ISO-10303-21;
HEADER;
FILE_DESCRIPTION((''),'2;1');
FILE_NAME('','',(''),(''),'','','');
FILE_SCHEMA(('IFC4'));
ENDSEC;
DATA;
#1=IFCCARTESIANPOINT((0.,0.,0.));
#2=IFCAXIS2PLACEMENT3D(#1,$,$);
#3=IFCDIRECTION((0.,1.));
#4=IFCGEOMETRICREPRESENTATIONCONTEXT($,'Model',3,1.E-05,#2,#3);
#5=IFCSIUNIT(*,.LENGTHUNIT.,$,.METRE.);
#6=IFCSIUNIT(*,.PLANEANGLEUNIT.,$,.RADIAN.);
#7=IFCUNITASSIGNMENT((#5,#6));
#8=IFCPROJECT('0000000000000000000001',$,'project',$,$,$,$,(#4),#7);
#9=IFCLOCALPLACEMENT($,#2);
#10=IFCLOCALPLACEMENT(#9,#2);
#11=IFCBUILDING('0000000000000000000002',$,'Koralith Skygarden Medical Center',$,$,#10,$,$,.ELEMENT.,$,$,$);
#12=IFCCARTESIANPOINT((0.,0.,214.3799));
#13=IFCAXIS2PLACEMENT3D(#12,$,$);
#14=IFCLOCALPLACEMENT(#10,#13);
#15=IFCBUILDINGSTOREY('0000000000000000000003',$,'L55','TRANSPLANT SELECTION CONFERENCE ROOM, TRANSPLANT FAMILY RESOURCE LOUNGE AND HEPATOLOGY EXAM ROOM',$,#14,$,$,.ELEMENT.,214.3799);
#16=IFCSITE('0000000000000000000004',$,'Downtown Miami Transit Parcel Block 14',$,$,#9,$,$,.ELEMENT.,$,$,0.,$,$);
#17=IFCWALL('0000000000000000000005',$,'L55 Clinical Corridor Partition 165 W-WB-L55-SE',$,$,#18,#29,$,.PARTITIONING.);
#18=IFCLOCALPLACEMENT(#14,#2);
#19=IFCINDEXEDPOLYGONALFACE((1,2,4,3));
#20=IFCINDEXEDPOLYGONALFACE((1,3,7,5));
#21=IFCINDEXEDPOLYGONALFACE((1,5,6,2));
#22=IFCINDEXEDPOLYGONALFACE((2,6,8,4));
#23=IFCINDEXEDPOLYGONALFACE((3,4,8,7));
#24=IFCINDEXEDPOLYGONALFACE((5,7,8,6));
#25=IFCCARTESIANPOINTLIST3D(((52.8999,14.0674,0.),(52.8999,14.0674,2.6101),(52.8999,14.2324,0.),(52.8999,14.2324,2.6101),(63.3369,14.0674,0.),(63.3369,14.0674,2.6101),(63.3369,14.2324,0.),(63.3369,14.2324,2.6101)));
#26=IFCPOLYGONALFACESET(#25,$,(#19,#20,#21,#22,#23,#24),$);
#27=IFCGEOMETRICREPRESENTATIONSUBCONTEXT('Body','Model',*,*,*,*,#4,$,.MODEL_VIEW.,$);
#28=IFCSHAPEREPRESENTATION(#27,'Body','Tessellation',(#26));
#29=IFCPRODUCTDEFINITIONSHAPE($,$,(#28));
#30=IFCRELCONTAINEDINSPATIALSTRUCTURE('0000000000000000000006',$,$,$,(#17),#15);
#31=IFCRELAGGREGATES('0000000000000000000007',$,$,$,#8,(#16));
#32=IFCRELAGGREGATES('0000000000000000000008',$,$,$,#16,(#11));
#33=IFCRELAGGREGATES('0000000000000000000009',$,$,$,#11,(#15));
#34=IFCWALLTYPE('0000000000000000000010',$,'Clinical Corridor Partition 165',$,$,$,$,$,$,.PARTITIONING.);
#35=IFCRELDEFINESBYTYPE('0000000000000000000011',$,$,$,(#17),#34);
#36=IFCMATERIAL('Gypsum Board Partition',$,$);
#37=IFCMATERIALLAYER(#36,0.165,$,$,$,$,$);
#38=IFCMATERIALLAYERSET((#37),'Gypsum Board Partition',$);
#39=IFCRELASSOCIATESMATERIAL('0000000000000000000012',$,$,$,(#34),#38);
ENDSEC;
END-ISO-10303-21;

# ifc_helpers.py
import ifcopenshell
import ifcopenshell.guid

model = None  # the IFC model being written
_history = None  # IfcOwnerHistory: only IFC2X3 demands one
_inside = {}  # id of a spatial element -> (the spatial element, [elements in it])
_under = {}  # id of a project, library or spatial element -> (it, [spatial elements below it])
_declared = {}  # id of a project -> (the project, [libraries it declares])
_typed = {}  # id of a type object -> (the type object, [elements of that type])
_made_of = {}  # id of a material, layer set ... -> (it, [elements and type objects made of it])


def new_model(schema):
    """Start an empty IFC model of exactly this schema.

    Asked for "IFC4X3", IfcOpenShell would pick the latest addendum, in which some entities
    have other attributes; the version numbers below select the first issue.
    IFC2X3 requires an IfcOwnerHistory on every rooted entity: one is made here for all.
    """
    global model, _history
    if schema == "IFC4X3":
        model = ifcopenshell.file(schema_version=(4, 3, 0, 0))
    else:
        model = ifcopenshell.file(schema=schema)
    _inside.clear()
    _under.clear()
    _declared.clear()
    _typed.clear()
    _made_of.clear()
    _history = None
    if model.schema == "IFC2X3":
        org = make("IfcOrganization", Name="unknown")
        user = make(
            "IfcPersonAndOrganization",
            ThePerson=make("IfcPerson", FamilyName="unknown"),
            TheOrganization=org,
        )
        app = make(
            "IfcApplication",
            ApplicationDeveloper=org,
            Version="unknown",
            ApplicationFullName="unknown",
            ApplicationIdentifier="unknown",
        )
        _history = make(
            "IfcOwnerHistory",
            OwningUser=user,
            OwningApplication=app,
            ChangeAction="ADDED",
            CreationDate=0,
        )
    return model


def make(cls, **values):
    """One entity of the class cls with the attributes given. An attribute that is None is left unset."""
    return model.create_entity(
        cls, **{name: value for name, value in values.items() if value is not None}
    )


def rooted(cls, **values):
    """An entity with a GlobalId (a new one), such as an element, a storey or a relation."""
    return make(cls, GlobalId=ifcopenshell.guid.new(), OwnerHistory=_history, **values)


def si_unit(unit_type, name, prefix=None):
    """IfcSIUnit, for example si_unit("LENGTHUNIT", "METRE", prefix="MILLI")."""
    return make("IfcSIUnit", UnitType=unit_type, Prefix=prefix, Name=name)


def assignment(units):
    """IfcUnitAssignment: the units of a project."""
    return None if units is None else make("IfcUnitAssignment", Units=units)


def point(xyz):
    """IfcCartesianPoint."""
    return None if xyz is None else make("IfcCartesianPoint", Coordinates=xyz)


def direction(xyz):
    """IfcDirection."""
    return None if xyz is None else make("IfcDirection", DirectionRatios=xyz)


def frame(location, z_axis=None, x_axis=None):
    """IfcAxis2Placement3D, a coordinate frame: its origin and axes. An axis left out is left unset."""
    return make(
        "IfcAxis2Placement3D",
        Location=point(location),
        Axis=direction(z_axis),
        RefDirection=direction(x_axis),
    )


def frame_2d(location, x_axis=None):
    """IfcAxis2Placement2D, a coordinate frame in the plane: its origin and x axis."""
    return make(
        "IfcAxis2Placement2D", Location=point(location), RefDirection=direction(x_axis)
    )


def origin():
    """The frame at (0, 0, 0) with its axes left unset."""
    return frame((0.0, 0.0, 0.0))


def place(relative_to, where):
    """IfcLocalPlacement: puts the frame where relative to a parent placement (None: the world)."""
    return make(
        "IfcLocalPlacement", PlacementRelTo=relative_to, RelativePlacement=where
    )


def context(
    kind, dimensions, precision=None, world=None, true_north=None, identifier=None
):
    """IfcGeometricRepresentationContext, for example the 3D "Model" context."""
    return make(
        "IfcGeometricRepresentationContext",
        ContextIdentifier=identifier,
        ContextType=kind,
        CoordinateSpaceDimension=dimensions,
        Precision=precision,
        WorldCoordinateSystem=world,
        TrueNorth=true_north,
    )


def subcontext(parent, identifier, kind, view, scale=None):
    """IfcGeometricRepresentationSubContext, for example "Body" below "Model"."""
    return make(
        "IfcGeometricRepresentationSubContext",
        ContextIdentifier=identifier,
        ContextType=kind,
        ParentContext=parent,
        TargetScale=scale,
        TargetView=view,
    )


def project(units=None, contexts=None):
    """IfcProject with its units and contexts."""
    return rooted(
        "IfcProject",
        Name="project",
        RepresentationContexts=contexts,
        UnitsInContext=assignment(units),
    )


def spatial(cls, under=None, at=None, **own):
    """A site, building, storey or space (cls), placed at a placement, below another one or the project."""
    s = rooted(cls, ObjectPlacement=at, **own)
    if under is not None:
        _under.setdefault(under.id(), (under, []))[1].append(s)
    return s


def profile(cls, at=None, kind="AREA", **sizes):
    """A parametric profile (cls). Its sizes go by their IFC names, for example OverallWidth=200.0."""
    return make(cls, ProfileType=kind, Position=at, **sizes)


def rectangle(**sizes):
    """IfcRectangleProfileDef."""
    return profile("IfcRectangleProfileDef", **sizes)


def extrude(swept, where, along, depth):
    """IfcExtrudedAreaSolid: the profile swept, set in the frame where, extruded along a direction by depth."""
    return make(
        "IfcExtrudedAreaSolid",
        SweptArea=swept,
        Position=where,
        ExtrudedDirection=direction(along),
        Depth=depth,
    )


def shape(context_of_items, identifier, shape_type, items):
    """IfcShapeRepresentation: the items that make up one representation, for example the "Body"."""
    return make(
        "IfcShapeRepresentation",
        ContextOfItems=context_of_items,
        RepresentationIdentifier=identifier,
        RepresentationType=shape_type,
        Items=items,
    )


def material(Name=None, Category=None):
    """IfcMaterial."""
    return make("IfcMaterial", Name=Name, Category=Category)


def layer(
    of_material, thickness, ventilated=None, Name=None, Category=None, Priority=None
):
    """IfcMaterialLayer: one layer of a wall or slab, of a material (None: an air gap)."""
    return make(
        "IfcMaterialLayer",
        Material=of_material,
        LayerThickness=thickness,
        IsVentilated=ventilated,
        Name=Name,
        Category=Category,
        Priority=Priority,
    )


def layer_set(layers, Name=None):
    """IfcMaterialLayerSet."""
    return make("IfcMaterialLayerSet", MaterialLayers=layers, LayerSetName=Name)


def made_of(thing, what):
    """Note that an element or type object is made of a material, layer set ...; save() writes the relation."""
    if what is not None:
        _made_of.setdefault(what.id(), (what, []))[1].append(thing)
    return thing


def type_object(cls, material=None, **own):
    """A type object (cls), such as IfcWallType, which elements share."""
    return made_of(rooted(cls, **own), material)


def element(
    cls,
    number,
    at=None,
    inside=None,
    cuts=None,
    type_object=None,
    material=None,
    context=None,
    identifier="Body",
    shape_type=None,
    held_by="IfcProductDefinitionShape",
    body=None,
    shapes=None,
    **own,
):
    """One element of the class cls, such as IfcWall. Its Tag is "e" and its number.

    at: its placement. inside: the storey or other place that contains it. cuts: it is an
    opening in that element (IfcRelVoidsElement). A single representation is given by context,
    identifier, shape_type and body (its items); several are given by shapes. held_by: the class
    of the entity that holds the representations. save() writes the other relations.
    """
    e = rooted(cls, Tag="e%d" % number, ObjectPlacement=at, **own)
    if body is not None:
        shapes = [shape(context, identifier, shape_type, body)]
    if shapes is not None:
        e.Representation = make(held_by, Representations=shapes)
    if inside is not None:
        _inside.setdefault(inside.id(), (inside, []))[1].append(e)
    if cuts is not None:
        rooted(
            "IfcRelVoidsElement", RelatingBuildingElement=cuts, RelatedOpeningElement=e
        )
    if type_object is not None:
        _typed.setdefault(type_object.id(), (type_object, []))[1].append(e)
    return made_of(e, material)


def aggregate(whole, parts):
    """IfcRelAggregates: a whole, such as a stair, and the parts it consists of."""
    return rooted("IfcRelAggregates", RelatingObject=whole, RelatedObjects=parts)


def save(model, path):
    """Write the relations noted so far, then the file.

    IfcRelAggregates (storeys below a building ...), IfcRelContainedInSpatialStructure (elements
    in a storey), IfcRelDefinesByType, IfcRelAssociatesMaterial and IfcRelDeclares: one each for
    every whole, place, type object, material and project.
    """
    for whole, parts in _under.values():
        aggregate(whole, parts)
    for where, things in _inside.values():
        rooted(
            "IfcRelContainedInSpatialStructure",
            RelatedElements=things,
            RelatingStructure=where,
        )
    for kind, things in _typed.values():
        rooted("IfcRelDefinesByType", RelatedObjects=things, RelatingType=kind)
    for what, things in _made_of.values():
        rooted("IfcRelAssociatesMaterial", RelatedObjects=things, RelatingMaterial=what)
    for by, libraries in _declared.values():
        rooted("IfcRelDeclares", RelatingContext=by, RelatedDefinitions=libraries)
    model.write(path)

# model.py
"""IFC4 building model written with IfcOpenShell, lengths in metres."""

from ifc_helpers import new_model, si_unit, direction, frame, frame_2d, origin, place, context, subcontext, project, spatial, rectangle, extrude, material, layer, layer_set, type_object, element, save


model = new_model("IFC4")

# Units and contexts
model_context = context("Model", 3, precision=1e-05, world=origin(), true_north=direction((0.0, 1.0)))
body_context = subcontext(model_context, "Body", "Model", "MODEL_VIEW")
ifc_project = project(units=[si_unit("LENGTHUNIT", "METRE"), si_unit("PLANEANGLEUNIT", "RADIAN")], contexts=[model_context])

# Site, building, storey
site_placement = place(None, origin())
site = spatial("IfcSite", under=ifc_project, at=site_placement, Name="Downtown Miami Transit Parcel Block 14", CompositionType="ELEMENT", RefElevation=0.0)
building_placement = place(site_placement, origin())
building = spatial("IfcBuilding", under=site, at=building_placement, Name="Koralith Skygarden Medical Center", CompositionType="ELEMENT")
storey_placement = place(building_placement, frame((0.0, 0.0, 214.3799)))
storey = spatial("IfcBuildingStorey", under=building, at=storey_placement, Name="L55", Description="TRANSPLANT SELECTION CONFERENCE ROOM, TRANSPLANT FAMILY RESOURCE LOUNGE AND HEPATOLOGY EXAM ROOM", CompositionType="ELEMENT", Elevation=214.3799)

# Wall
ifc_material_1 = material(Name="Gypsum Board Partition")
ifc_layer_1 = layer(ifc_material_1, 0.165)
ifc_layer_set_1 = layer_set([ifc_layer_1], Name="Gypsum Board Partition")
wall_type_1 = type_object("IfcWallType", Name="Clinical Corridor Partition 165", PredefinedType="PARTITIONING", material=ifc_layer_set_1)
wall_1_placement = place(storey_placement, frame((52.8999, 14.1499, 0.0), z_axis=(0.0, 0.0, 1.0), x_axis=(1.0, 0.0, 0.0)))
element("IfcWall", 1, at=wall_1_placement, inside=storey, type_object=wall_type_1, Name="L55 Clinical Corridor Partition 165 W-WB-L55-SE", PredefinedType="PARTITIONING", context=body_context, shape_type="SweptSolid", body=[
    extrude(rectangle(XDim=10.437, YDim=0.165, at=frame_2d((5.2185, 0.0))), origin(), (0.0, 0.0, 1.0), 2.6101),
])

save(model, "model.ifc")
